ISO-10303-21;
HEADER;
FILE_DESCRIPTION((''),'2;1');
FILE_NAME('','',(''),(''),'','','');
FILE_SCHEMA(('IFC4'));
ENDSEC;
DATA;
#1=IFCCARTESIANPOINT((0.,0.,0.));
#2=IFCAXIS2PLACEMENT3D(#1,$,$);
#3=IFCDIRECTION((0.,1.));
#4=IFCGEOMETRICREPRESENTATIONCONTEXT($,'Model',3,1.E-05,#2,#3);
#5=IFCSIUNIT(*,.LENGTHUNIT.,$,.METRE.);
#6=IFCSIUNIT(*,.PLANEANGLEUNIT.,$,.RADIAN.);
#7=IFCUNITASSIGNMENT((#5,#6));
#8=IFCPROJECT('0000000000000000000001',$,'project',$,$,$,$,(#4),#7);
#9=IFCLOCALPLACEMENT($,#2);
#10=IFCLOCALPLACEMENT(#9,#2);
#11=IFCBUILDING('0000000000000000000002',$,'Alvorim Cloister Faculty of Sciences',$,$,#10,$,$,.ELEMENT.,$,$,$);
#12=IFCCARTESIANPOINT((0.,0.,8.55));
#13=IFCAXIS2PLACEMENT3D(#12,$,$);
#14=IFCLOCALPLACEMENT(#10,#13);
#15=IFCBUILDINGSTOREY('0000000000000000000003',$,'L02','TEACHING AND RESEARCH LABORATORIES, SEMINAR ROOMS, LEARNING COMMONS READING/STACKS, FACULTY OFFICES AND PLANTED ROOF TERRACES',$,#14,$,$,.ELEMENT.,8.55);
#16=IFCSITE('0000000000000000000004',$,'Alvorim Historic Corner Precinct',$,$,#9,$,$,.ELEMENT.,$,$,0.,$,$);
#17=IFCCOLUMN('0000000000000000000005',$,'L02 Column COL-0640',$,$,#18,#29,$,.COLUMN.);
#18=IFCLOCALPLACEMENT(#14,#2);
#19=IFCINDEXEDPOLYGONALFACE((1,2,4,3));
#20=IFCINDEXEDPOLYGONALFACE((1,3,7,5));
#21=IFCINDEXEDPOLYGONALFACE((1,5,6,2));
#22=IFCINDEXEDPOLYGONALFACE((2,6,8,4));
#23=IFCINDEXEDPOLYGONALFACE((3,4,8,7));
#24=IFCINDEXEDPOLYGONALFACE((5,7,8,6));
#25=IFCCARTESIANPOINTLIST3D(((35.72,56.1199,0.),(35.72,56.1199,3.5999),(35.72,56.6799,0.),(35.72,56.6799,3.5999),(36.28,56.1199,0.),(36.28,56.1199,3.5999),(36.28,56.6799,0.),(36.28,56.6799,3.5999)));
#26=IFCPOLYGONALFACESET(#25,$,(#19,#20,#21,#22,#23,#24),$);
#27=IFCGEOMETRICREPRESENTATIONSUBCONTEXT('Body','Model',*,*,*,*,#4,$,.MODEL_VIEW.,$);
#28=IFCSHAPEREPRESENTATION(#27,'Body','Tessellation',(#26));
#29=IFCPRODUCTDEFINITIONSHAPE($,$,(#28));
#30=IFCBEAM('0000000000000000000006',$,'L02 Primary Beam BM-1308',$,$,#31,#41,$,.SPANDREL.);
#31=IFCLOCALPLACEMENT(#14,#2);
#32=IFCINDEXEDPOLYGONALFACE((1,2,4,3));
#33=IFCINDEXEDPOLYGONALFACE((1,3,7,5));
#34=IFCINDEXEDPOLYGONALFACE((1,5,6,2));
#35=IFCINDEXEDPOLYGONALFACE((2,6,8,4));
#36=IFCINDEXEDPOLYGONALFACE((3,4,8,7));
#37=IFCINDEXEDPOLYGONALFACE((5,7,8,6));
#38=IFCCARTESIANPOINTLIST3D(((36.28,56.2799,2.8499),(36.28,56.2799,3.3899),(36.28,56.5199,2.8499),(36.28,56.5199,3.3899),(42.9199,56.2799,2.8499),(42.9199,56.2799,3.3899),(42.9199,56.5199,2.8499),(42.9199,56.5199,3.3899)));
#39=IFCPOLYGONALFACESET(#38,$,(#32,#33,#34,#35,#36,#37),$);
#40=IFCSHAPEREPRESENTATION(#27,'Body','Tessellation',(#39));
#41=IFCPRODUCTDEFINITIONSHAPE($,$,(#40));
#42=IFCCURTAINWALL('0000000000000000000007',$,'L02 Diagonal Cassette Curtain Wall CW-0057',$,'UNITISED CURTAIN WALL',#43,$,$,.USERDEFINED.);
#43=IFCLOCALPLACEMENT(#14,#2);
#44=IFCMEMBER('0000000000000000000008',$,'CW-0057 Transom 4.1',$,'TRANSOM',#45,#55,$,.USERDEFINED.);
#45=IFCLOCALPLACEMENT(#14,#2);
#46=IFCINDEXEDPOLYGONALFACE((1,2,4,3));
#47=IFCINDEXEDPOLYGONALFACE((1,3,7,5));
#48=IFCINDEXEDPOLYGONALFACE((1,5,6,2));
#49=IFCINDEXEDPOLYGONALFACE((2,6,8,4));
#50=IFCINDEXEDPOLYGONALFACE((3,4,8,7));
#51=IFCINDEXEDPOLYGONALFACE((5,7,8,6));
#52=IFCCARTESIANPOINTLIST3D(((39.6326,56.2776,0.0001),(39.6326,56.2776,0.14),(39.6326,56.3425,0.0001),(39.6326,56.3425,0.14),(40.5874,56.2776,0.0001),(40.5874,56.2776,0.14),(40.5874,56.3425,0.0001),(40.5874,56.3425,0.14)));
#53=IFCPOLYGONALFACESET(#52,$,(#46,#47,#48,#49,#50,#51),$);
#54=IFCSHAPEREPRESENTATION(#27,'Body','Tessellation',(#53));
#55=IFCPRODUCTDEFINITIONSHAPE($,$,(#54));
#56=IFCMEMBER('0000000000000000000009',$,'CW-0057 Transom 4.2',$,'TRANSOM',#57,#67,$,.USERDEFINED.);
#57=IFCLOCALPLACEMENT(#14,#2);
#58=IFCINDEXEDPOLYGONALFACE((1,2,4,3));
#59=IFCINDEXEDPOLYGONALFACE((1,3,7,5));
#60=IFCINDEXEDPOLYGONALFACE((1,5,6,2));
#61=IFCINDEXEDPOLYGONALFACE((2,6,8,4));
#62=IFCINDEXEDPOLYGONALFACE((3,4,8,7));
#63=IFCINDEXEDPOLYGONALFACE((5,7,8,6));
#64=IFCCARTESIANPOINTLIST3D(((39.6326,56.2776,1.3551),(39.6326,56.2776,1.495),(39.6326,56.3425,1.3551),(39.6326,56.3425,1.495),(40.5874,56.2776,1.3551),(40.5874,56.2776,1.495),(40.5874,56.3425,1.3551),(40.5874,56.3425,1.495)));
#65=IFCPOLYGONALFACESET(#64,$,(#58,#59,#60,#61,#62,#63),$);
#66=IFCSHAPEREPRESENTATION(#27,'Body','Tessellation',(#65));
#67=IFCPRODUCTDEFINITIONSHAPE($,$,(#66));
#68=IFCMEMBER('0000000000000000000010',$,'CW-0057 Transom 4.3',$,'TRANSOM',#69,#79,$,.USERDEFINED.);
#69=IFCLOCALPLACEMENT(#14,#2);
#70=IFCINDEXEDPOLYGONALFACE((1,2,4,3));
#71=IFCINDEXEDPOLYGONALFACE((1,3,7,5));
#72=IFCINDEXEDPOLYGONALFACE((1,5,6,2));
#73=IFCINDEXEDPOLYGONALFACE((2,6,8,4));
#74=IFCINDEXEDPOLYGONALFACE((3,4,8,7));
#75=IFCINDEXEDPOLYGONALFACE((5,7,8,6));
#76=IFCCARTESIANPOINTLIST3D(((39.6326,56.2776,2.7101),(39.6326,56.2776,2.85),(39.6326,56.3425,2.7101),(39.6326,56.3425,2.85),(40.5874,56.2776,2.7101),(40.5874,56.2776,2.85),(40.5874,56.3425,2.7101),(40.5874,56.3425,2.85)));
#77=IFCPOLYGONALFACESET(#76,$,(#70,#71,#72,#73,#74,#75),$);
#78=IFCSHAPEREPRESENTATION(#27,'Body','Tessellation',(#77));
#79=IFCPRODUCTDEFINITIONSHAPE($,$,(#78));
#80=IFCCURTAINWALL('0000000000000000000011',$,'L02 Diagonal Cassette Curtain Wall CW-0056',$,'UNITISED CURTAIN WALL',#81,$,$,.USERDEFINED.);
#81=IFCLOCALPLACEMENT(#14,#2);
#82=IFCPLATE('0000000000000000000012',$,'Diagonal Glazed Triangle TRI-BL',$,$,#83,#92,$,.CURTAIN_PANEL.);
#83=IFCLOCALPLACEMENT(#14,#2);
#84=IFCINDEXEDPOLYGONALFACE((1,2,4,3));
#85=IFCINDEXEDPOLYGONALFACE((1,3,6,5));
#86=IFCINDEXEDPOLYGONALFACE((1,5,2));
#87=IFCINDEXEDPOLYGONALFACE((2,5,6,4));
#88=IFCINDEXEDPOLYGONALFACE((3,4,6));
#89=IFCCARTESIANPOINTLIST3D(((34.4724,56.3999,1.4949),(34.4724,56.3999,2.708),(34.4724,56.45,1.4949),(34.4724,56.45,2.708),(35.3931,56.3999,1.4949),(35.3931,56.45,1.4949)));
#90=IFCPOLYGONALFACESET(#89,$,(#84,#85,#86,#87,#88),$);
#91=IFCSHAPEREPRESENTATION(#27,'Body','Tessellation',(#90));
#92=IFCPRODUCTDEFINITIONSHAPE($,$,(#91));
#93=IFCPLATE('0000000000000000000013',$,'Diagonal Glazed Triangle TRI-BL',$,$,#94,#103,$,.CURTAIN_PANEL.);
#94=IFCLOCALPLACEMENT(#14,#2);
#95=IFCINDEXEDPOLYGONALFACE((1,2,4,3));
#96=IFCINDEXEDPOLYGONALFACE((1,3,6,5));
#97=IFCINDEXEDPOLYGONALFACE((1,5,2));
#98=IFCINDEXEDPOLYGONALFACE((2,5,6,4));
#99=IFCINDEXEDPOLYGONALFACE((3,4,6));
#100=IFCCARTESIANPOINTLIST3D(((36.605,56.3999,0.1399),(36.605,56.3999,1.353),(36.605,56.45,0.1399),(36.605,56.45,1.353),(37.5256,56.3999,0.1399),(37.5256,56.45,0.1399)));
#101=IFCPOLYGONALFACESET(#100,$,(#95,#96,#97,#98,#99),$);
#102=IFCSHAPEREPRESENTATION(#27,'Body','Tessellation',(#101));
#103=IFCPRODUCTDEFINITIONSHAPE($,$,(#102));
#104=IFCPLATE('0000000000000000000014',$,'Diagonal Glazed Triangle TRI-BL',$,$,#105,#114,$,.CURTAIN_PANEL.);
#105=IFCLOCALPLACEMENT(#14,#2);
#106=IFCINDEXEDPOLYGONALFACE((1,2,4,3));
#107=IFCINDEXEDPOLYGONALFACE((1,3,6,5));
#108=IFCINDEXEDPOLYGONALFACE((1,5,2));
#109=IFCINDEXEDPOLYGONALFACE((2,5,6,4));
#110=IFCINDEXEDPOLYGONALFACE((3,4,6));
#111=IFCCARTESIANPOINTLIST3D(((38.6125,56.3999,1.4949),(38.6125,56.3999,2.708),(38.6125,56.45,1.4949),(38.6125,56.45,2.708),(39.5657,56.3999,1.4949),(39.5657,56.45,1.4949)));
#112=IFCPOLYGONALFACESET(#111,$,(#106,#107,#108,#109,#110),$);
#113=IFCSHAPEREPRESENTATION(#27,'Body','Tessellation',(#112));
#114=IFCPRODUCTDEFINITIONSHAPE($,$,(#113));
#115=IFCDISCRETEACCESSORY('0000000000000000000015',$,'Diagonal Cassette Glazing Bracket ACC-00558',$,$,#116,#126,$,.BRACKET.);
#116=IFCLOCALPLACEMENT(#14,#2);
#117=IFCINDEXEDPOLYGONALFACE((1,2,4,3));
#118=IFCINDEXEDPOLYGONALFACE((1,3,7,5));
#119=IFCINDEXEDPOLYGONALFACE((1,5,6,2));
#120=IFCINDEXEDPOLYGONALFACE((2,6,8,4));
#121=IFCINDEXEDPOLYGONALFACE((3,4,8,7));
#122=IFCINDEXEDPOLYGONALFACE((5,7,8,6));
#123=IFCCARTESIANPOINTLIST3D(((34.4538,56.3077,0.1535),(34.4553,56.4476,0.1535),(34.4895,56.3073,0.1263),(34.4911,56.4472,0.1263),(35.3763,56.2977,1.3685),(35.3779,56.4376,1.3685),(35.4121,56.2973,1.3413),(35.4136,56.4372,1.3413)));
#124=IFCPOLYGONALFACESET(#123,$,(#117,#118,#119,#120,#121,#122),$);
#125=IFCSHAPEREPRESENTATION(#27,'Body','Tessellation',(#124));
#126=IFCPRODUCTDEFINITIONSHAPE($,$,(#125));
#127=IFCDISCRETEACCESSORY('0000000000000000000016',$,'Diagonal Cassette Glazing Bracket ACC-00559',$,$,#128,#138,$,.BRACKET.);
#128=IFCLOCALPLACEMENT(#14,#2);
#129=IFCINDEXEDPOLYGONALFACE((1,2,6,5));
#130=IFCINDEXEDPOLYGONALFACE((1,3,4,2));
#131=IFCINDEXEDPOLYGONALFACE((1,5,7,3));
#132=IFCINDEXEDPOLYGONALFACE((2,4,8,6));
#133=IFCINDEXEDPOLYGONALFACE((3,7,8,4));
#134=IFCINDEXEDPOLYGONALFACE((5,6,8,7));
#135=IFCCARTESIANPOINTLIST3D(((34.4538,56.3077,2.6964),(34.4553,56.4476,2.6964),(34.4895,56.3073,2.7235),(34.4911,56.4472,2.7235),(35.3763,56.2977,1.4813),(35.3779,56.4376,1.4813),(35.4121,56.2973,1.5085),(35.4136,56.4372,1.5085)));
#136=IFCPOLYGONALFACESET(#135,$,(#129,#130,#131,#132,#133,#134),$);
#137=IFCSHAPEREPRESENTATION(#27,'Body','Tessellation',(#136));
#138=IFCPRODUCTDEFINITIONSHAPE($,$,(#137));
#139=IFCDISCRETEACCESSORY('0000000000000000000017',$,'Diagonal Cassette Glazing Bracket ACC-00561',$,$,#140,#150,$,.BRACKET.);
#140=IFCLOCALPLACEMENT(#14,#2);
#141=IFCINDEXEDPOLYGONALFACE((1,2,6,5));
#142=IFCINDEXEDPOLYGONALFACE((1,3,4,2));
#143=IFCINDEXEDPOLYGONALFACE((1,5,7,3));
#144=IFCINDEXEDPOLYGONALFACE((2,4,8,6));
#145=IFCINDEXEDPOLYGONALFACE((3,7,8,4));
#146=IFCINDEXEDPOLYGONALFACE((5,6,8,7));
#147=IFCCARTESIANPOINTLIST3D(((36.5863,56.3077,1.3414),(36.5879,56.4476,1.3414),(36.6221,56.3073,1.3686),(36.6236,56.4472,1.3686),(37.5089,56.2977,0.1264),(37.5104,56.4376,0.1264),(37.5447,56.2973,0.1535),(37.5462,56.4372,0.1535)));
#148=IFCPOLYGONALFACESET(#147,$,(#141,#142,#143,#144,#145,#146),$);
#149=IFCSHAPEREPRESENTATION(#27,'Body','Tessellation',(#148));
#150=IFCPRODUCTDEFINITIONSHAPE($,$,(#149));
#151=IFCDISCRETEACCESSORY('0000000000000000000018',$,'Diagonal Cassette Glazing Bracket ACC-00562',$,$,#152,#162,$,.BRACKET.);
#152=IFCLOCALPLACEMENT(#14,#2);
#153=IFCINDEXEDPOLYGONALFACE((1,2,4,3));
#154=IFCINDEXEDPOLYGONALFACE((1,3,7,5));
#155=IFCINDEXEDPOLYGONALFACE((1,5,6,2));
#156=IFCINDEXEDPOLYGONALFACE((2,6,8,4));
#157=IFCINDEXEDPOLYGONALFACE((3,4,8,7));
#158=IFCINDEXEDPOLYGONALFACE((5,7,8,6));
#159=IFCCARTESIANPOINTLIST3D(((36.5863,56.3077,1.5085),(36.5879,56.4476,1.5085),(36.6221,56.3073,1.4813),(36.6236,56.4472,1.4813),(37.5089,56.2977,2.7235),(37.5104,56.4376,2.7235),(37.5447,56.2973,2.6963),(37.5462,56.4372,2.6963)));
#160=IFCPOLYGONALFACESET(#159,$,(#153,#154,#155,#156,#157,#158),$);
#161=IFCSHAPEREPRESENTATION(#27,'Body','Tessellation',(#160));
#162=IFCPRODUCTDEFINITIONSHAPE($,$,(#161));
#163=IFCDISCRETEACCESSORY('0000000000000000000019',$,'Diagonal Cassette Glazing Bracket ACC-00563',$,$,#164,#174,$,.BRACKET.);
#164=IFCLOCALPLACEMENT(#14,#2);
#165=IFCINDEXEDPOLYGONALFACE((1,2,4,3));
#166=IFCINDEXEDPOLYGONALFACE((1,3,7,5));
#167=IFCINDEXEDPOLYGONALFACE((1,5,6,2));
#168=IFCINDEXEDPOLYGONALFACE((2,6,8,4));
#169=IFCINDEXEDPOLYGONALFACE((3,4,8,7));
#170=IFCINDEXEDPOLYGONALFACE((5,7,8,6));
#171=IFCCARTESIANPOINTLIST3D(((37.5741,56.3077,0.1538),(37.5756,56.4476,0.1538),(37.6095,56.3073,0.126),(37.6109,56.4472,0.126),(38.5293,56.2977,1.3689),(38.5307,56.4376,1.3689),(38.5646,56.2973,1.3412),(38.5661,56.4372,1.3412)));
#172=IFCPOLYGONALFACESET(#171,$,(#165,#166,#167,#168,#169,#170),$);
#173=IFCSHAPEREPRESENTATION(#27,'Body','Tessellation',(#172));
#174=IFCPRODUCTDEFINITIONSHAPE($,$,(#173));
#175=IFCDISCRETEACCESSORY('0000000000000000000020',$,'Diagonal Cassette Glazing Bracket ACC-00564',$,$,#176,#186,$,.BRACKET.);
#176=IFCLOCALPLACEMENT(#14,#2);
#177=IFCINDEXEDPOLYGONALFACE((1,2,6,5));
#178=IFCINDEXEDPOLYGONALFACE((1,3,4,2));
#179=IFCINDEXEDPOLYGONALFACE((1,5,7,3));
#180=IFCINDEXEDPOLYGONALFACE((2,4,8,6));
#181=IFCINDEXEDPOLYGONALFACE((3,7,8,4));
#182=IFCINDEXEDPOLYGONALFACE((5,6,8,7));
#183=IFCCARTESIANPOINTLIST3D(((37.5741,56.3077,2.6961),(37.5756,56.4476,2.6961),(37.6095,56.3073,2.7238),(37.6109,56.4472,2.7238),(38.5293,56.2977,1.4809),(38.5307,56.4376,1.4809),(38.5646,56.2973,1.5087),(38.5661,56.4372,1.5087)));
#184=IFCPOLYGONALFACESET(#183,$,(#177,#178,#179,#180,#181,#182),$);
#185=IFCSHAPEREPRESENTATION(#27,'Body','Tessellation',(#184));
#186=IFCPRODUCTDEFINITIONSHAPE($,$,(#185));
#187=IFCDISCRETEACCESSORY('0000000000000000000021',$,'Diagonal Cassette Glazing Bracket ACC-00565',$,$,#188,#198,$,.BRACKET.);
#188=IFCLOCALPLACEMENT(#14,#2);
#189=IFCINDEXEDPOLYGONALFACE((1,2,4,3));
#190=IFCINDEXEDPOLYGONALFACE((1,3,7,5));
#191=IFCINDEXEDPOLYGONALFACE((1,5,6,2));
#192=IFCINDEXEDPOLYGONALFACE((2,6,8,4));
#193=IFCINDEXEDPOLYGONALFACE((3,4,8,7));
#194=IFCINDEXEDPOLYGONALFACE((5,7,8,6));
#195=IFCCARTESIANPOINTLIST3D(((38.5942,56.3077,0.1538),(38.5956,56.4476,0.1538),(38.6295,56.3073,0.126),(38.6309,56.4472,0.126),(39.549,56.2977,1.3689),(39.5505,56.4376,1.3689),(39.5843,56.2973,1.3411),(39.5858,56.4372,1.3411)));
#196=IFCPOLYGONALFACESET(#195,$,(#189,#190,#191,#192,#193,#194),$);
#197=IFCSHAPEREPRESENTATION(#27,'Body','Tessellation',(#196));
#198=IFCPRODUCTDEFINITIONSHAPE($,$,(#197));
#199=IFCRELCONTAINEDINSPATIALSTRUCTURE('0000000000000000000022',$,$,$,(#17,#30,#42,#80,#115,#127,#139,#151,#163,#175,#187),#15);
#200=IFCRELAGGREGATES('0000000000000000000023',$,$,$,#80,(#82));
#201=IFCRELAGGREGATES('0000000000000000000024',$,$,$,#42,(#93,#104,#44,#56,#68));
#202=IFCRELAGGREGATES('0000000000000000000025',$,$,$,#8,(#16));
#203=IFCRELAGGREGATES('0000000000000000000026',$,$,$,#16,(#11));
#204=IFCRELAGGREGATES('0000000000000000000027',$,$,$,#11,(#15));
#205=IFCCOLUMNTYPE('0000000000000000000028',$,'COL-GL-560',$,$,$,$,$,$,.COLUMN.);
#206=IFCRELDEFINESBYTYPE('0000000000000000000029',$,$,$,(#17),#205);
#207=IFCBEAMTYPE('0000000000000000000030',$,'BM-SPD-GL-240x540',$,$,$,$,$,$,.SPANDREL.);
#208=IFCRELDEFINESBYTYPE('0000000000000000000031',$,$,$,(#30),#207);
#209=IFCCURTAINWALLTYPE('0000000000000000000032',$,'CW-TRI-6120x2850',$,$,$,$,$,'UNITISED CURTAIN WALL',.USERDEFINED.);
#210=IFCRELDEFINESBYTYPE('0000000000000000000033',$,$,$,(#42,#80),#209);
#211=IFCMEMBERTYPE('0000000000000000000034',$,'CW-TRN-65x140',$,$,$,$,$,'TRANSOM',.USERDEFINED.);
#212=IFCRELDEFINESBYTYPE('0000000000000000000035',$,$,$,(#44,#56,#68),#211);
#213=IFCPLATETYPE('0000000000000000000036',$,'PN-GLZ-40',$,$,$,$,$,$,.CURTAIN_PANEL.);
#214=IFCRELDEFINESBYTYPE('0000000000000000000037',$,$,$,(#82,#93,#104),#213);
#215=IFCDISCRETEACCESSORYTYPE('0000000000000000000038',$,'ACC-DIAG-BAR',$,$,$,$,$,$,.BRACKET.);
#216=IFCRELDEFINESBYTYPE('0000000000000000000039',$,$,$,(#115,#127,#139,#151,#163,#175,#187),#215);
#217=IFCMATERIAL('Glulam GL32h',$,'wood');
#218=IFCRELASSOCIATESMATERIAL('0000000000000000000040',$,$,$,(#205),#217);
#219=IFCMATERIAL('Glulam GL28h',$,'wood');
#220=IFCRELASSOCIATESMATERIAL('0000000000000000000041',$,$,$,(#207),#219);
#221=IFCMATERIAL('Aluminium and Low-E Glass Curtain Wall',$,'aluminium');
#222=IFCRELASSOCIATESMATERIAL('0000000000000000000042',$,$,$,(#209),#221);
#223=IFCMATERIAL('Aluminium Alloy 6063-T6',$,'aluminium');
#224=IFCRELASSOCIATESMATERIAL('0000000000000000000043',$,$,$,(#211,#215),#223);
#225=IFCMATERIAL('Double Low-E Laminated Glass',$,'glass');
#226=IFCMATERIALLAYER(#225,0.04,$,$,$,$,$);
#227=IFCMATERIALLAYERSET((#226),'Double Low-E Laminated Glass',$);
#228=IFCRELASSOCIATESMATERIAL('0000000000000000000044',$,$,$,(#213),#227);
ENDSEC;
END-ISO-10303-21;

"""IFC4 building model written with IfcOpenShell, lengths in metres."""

from ifc_helpers import new_model, si_unit, direction, frame, origin, origin_2d, place, context, subcontext, project, spatial, polyline, rectangle, outline, extrude, material, layer, layer_set, material_profile, profile_set, type_object, element, aggregate, save


model = new_model("IFC4")

# Units and contexts
model_context = context("Model", 3, precision=1e-05, world=origin(), true_north=direction((0.0, 1.0)))
body_context = subcontext(model_context, "Body", "Model", "MODEL_VIEW")
ifc_project = project(units=[si_unit("LENGTHUNIT", "METRE"), si_unit("PLANEANGLEUNIT", "RADIAN")], contexts=[model_context])

# Site, building, storey
site_placement = place(None, origin())
site = spatial("IfcSite", under=ifc_project, at=site_placement, Name="Alvorim Historic Corner Precinct", CompositionType="ELEMENT", RefElevation=0.0)
building_placement = place(site_placement, origin())
building = spatial("IfcBuilding", under=site, at=building_placement, Name="Alvorim Cloister Faculty of Sciences", CompositionType="ELEMENT")
storey_placement = place(building_placement, frame((0.0, 0.0, 8.55)))
storey = spatial("IfcBuildingStorey", under=building, at=storey_placement, Name="L02", Description="TEACHING AND RESEARCH LABORATORIES, SEMINAR ROOMS, LEARNING COMMONS READING/STACKS, FACULTY OFFICES AND PLANTED ROOF TERRACES", CompositionType="ELEMENT", Elevation=8.55)

# Column
ifc_material_1 = material(Name="Glulam GL32h", Category="wood")
ifc_material_profile_1 = material_profile(ifc_material_1, rectangle(XDim=0.5601, YDim=0.5601, at=origin_2d()), Name="GL32-COL-560x560")
ifc_profile_set_1 = profile_set([ifc_material_profile_1], Name="Glulam GL32h")
column_type = type_object("IfcColumnType", Name="COL-GL-560", PredefinedType="COLUMN", material=ifc_profile_set_1)
column_placement = place(storey_placement, frame((36.0, 56.3999, 0.0), z_axis=(0.0, 0.0, 1.0), x_axis=(1.0, 0.0, 0.0)))
element("IfcColumn", 1, at=column_placement, inside=storey, type_object=column_type, Name="L02 Column COL-0640", PredefinedType="COLUMN", context=body_context, shape_type="SweptSolid", body=[
    extrude(rectangle(XDim=0.5601, YDim=0.5601, at=origin_2d()), origin(), (0.0, 0.0, 1.0), 3.5999),
])

# Beam
ifc_material_2 = material(Name="Glulam GL28h", Category="wood")
ifc_material_profile_2 = material_profile(ifc_material_2, rectangle(XDim=0.24, YDim=0.54, at=origin_2d()), Name="GL28-SPD-240x540")
ifc_profile_set_2 = profile_set([ifc_material_profile_2], Name="Glulam GL28h")
beam_type = type_object("IfcBeamType", Name="BM-SPD-GL-240x540", PredefinedType="SPANDREL", material=ifc_profile_set_2)
beam_placement = place(storey_placement, frame((36.28, 56.3999, 3.1199), z_axis=(1.0, 0.0, 0.0), x_axis=(0.0, 1.0, 0.0)))
element("IfcBeam", 2, at=beam_placement, inside=storey, type_object=beam_type, Name="L02 Primary Beam BM-1308", PredefinedType="SPANDREL", context=body_context, shape_type="SweptSolid", body=[
    extrude(rectangle(XDim=0.24, YDim=0.54, at=origin_2d()), origin(), (0.0, 0.0, 1.0), 6.6399),
])

# Curtain wall, members
ifc_material_3 = material(Name="Aluminium and Low-E Glass Curtain Wall", Category="aluminium")
curtain_wall_type = type_object("IfcCurtainWallType", Name="CW-TRI-6120x2850", ElementType="UNITISED CURTAIN WALL", PredefinedType="USERDEFINED", material=ifc_material_3)
curtain_wall_1_placement = place(storey_placement, origin())
curtain_wall_1 = element("IfcCurtainWall", 3, at=curtain_wall_1_placement, inside=storey, type_object=curtain_wall_type, Name="L02 Diagonal Cassette Curtain Wall CW-0057", ObjectType="UNITISED CURTAIN WALL", PredefinedType="USERDEFINED")
ifc_material_4 = material(Name="Aluminium Alloy 6063-T6", Category="aluminium")
ifc_material_profile_3 = material_profile(ifc_material_4, rectangle(XDim=0.0649, YDim=0.1399, at=origin_2d()), Name="ALU-TRN-65x140")
ifc_profile_set_3 = profile_set([ifc_material_profile_3], Name="Aluminium Alloy 6063-T6")
member_type = type_object("IfcMemberType", Name="CW-TRN-65x140", ElementType="TRANSOM", PredefinedType="USERDEFINED", material=ifc_profile_set_3)
member_1_placement = place(storey_placement, frame((39.6326, 56.3101, 0.0701), z_axis=(1.0, 0.0, 0.0), x_axis=(0.0, 1.0, 0.0)))
member_1 = element("IfcMember", 4, at=member_1_placement, type_object=member_type, Name="CW-0057 Transom 4.1", ObjectType="TRANSOM", PredefinedType="USERDEFINED", context=body_context, shape_type="SweptSolid", body=[
    extrude(rectangle(XDim=0.0649, YDim=0.1399, at=origin_2d()), origin(), (0.0, 0.0, 1.0), 0.9548),
])
member_2_placement = place(storey_placement, frame((39.6326, 56.3101, 1.425), z_axis=(1.0, 0.0, 0.0), x_axis=(0.0, 1.0, 0.0)))
member_2 = element("IfcMember", 5, at=member_2_placement, type_object=member_type, Name="CW-0057 Transom 4.2", ObjectType="TRANSOM", PredefinedType="USERDEFINED", context=body_context, shape_type="SweptSolid", body=[
    extrude(rectangle(XDim=0.0649, YDim=0.1399, at=origin_2d()), origin(), (0.0, 0.0, 1.0), 0.9548),
])
member_3_placement = place(storey_placement, frame((39.6326, 56.3101, 2.78), z_axis=(1.0, 0.0, 0.0), x_axis=(0.0, 1.0, 0.0)))
member_3 = element("IfcMember", 6, at=member_3_placement, type_object=member_type, Name="CW-0057 Transom 4.3", ObjectType="TRANSOM", PredefinedType="USERDEFINED", context=body_context, shape_type="SweptSolid", body=[
    extrude(rectangle(XDim=0.0649, YDim=0.1399, at=origin_2d()), origin(), (0.0, 0.0, 1.0), 0.9548),
])

# Curtain wall, plate
curtain_wall_2_placement = place(storey_placement, origin())
curtain_wall_2 = element("IfcCurtainWall", 7, at=curtain_wall_2_placement, inside=storey, type_object=curtain_wall_type, Name="L02 Diagonal Cassette Curtain Wall CW-0056", ObjectType="UNITISED CURTAIN WALL", PredefinedType="USERDEFINED")
ifc_material_5 = material(Name="Double Low-E Laminated Glass", Category="glass")
ifc_layer = layer(ifc_material_5, 0.04)
ifc_layer_set = layer_set([ifc_layer], Name="Double Low-E Laminated Glass")
plate_type = type_object("IfcPlateType", Name="PN-GLZ-40", PredefinedType="CURTAIN_PANEL", material=ifc_layer_set)
plate_1_placement = place(storey_placement, frame((34.4724, 56.425, 1.4949), z_axis=(0.0, 0.0, 1.0), x_axis=(1.0, 0.0, 0.0)))
plate_1 = element("IfcPlate", 8, at=plate_1_placement, type_object=plate_type, Name="Diagonal Glazed Triangle TRI-BL", PredefinedType="CURTAIN_PANEL", context=body_context, shape_type="SweptSolid", body=[
    extrude(outline(polyline([(0.0, 0.0), (0.9207, 0.0), (0.0, 1.2131), (0.0, 0.0)])), frame((0.0, 0.0249, 0.0), z_axis=(0.0, -1.0, 0.0), x_axis=(1.0, 0.0, 0.0)), (0.0, 0.0, 1.0), 0.05),
])
aggregate(curtain_wall_2, [plate_1])

# Plates
plate_2_placement = place(storey_placement, frame((36.605, 56.425, 0.1399), z_axis=(0.0, 0.0, 1.0), x_axis=(1.0, 0.0, 0.0)))
plate_2 = element("IfcPlate", 9, at=plate_2_placement, type_object=plate_type, Name="Diagonal Glazed Triangle TRI-BL", PredefinedType="CURTAIN_PANEL", context=body_context, shape_type="SweptSolid", body=[
    extrude(outline(polyline([(0.0, 0.0), (0.9207, 0.0), (0.0, 1.2131), (0.0, 0.0)])), frame((0.0, 0.0249, 0.0), z_axis=(0.0, -1.0, 0.0), x_axis=(1.0, 0.0, 0.0)), (0.0, 0.0, 1.0), 0.05),
])
plate_3_placement = place(storey_placement, frame((38.6125, 56.425, 1.4949), z_axis=(0.0, 0.0, 1.0), x_axis=(1.0, 0.0, 0.0)))
plate_3 = element("IfcPlate", 10, at=plate_3_placement, type_object=plate_type, Name="Diagonal Glazed Triangle TRI-BL", PredefinedType="CURTAIN_PANEL", context=body_context, shape_type="SweptSolid", body=[
    extrude(outline(polyline([(0.0, 0.0), (0.9531, 0.0), (0.0, 1.2131), (0.0, 0.0)])), frame((0.0, 0.0249, 0.0), z_axis=(0.0, -1.0, 0.0), x_axis=(1.0, 0.0, 0.0)), (0.0, 0.0, 1.0), 0.05),
])
aggregate(curtain_wall_1, [plate_2, plate_3, member_1, member_2, member_3])

# Discrete accessories
discrete_accessory_type = type_object("IfcDiscreteAccessoryType", Name="ACC-DIAG-BAR", PredefinedType="BRACKET", material=ifc_material_4)
for number, where, z_axis, x_axis, name in (
    (11, (34.4724, 56.3774, 0.1399), (0.604713, -0.006561, 0.796416), (0.010849, 0.999941, 0.0), "Diagonal Cassette Glazing Bracket ACC-00558"),
    (12, (34.4724, 56.3774, 2.71), (0.604713, -0.006561, -0.796416), (0.010849, 0.999941, 0.0), "Diagonal Cassette Glazing Bracket ACC-00559"),
    (13, (36.605, 56.3774, 1.355), (0.604713, -0.006561, -0.796416), (0.010849, 0.999941, 0.0), "Diagonal Cassette Glazing Bracket ACC-00561"),
    (14, (36.605, 56.3774, 1.4949), (0.604713, -0.006561, 0.796416), (0.010849, 0.999941, 0.0), "Diagonal Cassette Glazing Bracket ACC-00562"),
):
    element("IfcDiscreteAccessory", number, at=place(storey_placement, frame(where, z_axis=z_axis, x_axis=x_axis)), inside=storey, type_object=discrete_accessory_type, Name=name, PredefinedType="BRACKET", context=body_context, shape_type="SweptSolid", body=[
        extrude(rectangle(XDim=0.1399, YDim=0.0449, at=origin_2d()), origin(), (0.0, 0.0, 1.0), 1.5256),
    ])
for number, where, z_axis, x_axis, name in (
    (15, (37.5925, 56.3774, 0.1399), (0.617955, -0.006477, 0.786187), (0.01048, 0.999945, 0.0), "Diagonal Cassette Glazing Bracket ACC-00563"),
    (16, (37.5925, 56.3774, 2.71), (0.617955, -0.006477, -0.786187), (0.01048, 0.999945, 0.0), "Diagonal Cassette Glazing Bracket ACC-00564"),
):
    element("IfcDiscreteAccessory", number, at=place(storey_placement, frame(where, z_axis=z_axis, x_axis=x_axis)), inside=storey, type_object=discrete_accessory_type, Name=name, PredefinedType="BRACKET", context=body_context, shape_type="SweptSolid", body=[
        extrude(rectangle(XDim=0.1399, YDim=0.0449, at=origin_2d()), origin(), (0.0, 0.0, 1.0), 1.5457),
    ])
for number, where, z_axis, x_axis, name in (
    (17, (38.6125, 56.3774, 0.1399), (0.617857, -0.006477, 0.786263), (0.010483, 0.999945, 0.0), "Diagonal Cassette Glazing Bracket ACC-00565"),
):
    element("IfcDiscreteAccessory", number, at=place(storey_placement, frame(where, z_axis=z_axis, x_axis=x_axis)), inside=storey, type_object=discrete_accessory_type, Name=name, PredefinedType="BRACKET", context=body_context, shape_type="SweptSolid", body=[
        extrude(rectangle(XDim=0.1399, YDim=0.0449, at=origin_2d()), origin(), (0.0, 0.0, 1.0), 1.5454),
    ])

save(model, "model.ifc")
